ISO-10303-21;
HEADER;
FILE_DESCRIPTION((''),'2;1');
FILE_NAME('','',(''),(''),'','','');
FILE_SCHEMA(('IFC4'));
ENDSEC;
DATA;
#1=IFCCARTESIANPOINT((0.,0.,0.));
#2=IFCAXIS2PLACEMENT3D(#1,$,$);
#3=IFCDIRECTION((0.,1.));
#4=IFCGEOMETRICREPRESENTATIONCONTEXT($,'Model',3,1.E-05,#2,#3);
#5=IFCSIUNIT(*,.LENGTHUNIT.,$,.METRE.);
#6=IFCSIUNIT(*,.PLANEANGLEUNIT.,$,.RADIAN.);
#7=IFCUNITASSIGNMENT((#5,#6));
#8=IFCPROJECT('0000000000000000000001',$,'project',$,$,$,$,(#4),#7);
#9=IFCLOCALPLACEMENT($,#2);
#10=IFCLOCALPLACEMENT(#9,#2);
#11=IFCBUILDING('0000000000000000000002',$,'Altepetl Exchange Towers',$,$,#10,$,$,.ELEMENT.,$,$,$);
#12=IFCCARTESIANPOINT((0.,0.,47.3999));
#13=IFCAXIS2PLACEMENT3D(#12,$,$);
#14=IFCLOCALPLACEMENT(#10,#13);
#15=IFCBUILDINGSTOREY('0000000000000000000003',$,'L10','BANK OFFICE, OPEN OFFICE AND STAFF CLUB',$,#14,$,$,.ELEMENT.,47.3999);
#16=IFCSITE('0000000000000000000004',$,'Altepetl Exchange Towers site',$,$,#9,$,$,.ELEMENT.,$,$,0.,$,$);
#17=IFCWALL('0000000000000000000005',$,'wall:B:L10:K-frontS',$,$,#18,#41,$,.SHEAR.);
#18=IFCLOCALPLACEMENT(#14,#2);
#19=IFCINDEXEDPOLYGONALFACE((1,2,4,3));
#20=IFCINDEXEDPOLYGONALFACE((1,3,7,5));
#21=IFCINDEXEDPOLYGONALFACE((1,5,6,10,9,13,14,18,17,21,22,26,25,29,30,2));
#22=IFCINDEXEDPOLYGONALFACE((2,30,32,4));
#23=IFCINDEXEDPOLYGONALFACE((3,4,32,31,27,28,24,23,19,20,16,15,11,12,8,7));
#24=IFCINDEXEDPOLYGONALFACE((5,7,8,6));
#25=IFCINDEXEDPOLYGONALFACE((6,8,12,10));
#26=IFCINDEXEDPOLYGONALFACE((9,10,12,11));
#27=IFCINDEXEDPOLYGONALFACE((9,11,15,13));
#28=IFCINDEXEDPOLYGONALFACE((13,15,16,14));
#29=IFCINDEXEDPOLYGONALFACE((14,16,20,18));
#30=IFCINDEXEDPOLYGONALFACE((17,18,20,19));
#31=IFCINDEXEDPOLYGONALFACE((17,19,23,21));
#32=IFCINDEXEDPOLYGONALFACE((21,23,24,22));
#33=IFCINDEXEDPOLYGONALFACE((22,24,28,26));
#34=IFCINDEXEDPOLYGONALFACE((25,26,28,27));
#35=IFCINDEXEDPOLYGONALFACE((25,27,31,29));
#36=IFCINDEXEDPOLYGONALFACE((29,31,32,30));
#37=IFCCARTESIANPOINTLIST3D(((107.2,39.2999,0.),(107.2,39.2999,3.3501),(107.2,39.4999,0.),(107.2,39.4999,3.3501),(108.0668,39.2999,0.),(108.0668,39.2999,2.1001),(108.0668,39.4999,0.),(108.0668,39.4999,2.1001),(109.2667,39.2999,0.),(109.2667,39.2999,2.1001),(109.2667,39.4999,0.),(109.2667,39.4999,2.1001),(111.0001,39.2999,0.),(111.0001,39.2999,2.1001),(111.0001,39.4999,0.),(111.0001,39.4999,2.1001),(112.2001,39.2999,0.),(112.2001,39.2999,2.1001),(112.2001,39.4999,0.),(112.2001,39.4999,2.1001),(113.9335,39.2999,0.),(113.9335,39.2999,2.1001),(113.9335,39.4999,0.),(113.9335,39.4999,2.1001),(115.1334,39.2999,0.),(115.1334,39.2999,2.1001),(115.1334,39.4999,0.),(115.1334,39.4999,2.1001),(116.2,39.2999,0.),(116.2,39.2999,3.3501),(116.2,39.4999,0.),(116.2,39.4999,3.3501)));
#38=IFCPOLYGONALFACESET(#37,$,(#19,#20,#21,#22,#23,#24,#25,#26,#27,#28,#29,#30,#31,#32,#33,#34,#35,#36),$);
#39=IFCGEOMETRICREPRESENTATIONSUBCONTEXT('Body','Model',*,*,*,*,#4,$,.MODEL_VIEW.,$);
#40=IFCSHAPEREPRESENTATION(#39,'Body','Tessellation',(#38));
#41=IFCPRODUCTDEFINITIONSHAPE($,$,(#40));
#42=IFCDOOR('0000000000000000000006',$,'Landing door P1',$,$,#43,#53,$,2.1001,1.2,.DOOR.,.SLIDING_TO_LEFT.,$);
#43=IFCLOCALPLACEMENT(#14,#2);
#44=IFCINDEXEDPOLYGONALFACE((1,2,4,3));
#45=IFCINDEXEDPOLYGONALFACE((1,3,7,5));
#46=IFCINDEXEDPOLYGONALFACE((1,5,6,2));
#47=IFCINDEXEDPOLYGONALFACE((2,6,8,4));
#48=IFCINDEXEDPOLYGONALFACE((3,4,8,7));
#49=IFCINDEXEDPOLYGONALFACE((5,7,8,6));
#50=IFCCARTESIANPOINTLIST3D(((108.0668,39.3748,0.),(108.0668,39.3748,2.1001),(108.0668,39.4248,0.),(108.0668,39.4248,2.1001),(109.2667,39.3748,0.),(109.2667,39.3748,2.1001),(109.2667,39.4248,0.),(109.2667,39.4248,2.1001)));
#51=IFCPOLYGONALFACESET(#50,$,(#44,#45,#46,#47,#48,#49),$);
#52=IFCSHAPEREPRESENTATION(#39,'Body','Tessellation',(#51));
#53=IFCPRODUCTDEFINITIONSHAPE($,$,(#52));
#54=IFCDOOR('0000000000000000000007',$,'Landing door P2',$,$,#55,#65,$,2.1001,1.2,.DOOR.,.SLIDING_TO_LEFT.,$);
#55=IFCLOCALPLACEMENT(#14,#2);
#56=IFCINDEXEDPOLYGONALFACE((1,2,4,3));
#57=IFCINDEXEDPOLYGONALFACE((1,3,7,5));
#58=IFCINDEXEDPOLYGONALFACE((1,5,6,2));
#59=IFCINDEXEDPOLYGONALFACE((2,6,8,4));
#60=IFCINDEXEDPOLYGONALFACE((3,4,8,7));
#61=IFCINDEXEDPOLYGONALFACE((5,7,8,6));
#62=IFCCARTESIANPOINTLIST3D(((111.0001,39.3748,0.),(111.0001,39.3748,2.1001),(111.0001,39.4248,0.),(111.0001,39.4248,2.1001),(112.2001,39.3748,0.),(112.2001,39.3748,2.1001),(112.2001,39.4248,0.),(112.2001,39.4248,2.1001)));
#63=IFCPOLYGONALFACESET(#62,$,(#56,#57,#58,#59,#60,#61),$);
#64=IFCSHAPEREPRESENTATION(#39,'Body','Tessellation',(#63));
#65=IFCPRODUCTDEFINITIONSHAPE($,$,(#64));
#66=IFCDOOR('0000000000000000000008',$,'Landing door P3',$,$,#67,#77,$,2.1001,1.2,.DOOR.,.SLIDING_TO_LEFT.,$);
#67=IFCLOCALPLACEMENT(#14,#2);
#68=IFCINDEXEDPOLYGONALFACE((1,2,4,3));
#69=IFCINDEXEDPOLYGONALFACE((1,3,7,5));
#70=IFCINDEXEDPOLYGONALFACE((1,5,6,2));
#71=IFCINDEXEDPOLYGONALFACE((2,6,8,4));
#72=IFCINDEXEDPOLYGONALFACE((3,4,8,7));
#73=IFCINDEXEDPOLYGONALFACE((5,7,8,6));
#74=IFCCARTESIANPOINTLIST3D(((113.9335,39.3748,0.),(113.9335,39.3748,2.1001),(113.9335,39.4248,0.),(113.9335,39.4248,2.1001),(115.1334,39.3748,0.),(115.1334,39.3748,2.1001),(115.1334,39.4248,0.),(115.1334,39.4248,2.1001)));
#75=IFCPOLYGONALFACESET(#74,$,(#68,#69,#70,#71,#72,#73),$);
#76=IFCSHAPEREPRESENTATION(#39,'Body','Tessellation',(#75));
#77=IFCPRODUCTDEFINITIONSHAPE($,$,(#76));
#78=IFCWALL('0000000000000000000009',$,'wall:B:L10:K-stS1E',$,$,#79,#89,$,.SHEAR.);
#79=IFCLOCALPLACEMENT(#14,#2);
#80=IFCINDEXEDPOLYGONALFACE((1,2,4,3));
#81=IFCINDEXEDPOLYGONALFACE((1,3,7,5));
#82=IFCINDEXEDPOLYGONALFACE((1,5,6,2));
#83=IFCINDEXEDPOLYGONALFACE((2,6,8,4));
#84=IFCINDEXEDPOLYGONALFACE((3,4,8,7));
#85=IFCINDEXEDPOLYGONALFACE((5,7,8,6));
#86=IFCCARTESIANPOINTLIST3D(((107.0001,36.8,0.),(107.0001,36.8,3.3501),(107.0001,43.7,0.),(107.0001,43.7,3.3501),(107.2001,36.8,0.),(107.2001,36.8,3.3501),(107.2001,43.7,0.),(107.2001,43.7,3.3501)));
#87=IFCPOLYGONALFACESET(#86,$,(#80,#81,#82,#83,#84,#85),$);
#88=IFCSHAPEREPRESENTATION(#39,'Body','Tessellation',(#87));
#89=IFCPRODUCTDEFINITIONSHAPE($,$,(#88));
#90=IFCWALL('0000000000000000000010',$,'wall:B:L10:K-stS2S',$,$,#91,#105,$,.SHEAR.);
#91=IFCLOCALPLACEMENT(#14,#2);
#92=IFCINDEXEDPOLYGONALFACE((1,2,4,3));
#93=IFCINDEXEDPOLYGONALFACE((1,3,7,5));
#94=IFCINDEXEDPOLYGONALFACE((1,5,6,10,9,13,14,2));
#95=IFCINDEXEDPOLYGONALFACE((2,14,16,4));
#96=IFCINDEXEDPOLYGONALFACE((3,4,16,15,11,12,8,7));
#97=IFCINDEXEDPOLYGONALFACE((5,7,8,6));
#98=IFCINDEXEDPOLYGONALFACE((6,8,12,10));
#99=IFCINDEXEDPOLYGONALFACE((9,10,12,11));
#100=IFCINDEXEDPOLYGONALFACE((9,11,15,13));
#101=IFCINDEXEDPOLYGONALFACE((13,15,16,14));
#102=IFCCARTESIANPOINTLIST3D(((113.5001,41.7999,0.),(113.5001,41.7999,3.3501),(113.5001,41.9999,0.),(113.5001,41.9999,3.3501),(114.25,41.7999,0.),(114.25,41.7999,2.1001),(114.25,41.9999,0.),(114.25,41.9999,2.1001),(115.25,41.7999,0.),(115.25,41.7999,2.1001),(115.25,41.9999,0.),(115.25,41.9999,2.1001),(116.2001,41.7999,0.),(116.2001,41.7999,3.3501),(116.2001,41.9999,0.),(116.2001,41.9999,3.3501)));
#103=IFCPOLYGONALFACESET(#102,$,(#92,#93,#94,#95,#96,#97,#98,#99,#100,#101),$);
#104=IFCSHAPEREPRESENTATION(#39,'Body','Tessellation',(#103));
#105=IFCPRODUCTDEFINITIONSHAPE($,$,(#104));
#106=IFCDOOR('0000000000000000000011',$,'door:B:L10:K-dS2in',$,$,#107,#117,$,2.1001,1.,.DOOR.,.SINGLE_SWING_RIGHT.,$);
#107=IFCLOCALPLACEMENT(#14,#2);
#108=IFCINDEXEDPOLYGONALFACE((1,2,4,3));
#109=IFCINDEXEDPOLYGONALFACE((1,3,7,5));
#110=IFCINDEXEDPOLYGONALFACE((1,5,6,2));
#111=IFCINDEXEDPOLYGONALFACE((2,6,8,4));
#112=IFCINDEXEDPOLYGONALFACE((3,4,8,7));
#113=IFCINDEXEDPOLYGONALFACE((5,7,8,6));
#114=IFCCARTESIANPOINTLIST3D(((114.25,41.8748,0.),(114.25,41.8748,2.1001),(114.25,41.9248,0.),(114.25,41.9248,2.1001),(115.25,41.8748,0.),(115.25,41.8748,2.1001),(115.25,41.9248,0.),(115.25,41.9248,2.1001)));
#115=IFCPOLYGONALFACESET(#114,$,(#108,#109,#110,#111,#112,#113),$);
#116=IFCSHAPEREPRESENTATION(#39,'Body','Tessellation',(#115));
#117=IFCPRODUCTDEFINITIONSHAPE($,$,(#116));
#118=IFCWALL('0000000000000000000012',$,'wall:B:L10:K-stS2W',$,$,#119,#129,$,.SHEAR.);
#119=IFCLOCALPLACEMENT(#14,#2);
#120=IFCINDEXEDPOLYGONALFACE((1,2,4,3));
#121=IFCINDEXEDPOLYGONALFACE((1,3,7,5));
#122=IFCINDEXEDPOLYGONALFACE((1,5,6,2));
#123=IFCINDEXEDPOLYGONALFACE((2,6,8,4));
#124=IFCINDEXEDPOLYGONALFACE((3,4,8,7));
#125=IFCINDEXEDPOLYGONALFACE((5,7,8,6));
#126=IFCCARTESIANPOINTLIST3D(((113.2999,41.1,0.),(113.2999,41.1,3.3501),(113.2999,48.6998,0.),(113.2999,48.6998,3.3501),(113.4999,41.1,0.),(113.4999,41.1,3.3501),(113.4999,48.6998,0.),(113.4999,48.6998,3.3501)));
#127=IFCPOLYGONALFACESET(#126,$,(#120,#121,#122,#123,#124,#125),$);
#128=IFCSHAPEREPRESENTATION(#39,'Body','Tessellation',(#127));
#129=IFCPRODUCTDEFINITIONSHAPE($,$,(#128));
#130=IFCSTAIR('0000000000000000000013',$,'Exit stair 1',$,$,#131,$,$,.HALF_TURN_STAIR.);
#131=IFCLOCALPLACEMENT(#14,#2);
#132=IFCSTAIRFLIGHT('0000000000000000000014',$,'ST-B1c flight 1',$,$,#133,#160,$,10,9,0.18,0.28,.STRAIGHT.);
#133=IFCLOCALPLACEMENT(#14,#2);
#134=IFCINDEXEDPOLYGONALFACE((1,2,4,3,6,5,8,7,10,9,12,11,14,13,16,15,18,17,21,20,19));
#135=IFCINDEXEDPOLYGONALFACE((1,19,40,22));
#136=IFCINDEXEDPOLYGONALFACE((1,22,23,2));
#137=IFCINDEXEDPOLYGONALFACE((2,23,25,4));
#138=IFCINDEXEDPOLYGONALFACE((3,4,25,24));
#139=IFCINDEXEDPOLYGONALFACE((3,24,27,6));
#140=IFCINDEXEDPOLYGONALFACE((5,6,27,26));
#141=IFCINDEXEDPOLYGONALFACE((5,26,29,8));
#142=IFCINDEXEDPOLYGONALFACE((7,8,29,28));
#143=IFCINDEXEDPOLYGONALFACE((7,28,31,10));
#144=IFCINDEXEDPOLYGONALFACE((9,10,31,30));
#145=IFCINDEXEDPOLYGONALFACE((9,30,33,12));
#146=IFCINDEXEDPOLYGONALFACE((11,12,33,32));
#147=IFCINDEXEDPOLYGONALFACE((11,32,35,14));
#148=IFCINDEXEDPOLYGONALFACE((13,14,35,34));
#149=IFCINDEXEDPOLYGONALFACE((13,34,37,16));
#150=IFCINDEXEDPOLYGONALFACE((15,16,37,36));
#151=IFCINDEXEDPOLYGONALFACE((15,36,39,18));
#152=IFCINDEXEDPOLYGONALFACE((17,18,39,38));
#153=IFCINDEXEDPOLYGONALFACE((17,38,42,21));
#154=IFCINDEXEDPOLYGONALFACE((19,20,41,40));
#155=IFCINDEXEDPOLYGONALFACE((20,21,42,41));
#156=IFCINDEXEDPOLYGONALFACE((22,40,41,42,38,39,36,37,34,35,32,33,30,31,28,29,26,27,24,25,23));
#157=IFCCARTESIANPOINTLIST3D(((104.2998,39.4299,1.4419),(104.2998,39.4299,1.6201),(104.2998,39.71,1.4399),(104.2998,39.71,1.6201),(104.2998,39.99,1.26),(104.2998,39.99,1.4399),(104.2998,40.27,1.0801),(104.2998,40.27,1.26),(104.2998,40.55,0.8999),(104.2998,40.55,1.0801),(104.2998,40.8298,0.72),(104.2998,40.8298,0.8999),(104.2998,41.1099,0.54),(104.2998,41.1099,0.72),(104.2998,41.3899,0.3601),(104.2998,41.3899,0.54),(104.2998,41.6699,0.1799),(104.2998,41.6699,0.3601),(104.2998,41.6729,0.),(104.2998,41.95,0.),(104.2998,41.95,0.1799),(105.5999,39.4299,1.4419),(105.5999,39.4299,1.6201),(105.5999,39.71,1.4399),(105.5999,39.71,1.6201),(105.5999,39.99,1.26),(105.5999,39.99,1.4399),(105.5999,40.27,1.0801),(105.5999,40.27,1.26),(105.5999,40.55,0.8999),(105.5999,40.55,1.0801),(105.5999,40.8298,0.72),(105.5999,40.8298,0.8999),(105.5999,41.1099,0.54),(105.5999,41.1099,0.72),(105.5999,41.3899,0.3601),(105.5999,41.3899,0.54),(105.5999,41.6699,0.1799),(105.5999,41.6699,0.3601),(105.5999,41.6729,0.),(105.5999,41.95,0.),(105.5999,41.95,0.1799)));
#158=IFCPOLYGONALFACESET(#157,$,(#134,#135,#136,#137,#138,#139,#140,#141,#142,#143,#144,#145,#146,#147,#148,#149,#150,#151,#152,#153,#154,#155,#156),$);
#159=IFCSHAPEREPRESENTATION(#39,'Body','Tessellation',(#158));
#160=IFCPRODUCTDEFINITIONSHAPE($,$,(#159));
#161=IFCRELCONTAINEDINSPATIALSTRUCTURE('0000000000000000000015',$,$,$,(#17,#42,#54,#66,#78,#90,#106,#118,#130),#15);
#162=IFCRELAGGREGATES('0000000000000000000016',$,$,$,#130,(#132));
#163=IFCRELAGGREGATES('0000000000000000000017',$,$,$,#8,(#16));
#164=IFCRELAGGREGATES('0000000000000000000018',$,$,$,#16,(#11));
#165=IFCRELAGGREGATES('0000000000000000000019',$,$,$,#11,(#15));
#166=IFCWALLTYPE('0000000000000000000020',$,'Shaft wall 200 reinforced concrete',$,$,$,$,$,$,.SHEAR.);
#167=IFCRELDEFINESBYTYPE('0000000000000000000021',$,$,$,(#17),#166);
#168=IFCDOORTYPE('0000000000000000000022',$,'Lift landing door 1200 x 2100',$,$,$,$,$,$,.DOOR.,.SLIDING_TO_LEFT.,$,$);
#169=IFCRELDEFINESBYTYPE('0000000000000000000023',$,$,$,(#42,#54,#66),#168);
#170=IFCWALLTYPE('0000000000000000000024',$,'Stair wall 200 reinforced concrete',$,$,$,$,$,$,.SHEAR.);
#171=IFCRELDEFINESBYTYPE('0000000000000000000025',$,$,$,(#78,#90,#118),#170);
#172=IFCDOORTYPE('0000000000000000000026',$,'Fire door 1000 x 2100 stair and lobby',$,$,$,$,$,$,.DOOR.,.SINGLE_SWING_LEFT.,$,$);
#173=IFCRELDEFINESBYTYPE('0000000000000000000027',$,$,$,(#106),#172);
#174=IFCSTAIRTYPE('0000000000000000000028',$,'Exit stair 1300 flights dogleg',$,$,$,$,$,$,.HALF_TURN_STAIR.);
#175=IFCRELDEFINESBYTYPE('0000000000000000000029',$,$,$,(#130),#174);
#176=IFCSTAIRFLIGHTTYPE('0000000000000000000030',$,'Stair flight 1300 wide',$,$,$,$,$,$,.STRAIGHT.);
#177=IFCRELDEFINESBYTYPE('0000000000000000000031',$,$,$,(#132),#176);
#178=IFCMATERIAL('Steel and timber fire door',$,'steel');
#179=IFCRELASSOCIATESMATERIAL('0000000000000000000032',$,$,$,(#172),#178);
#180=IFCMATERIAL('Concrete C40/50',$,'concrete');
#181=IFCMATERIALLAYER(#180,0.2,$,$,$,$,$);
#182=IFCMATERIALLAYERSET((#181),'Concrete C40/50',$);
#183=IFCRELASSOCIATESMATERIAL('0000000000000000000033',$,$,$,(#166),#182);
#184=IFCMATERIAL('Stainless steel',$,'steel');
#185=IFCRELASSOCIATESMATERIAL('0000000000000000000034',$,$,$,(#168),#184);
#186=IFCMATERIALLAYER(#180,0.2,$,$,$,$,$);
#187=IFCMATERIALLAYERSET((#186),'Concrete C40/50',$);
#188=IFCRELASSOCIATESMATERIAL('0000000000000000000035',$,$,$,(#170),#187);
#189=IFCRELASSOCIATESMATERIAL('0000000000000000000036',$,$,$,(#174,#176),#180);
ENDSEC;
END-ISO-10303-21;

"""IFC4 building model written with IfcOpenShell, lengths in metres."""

from ifc_helpers import new_model, si_unit, direction, frame, frame_2d, origin, place, context, subcontext, project, spatial, polyline, rectangle, outline, extrude, material, layer, layer_set, type_object, element, fill, aggregate, save


model = new_model("IFC4")

# Units and contexts
model_context = context("Model", 3, precision=1e-05, world=origin(), true_north=direction((0.0, 1.0)))
body_context = subcontext(model_context, "Body", "Model", "MODEL_VIEW")
ifc_project = project(units=[si_unit("LENGTHUNIT", "METRE"), si_unit("PLANEANGLEUNIT", "RADIAN")], contexts=[model_context])

# Site, building, storey
site_placement = place(None, origin())
site = spatial("IfcSite", under=ifc_project, at=site_placement, Name="Altepetl Exchange Towers site", CompositionType="ELEMENT", RefElevation=0.0)
building_placement = place(site_placement, origin())
building = spatial("IfcBuilding", under=site, at=building_placement, Name="Altepetl Exchange Towers", CompositionType="ELEMENT")
storey_placement = place(building_placement, frame((0.0, 0.0, 47.3999)))
storey = spatial("IfcBuildingStorey", under=building, at=storey_placement, Name="L10", Description="BANK OFFICE, OPEN OFFICE AND STAFF CLUB", CompositionType="ELEMENT", Elevation=47.3999)

# Shared definitions
ifc_material_1 = material(Name="Steel and timber fire door", Category="steel")
door_type_1 = type_object("IfcDoorType", Name="Fire door 1000 x 2100 stair and lobby", OperationType="SINGLE_SWING_LEFT", PredefinedType="DOOR", material=ifc_material_1)

# Shared definitions
ifc_material_2 = material(Name="Concrete C40/50", Category="concrete")
ifc_layer_1 = layer(ifc_material_2, 0.2)
ifc_layer_set_1 = layer_set([ifc_layer_1], Name="Concrete C40/50")
wall_type_1 = type_object("IfcWallType", Name="Shaft wall 200 reinforced concrete", PredefinedType="SHEAR", material=ifc_layer_set_1)

# Wall, openings, doors
wall_1_placement = place(storey_placement, frame((107.2, 39.3999, 0.0)))
wall_1 = element("IfcWall", 1, at=wall_1_placement, inside=storey, type_object=wall_type_1, Name="wall:B:L10:K-frontS", PredefinedType="SHEAR", context=body_context, shape_type="SweptSolid", body=[
    extrude(rectangle(XDim=9.0, YDim=0.2, at=frame_2d((4.5, 0.0))), origin(), (0.0, 0.0, 1.0), 3.3501),
])
opening_1_placement = place(wall_1_placement, frame((0.8667, 0.0, 0.0)))
opening_1 = element("IfcOpeningElement", 2, at=opening_1_placement, cuts=wall_1, PredefinedType="OPENING", context=body_context, shape_type="SweptSolid", body=[
    extrude(rectangle(XDim=1.2, YDim=2.1001, at=frame_2d((0.6001, 1.05))), frame((0.0, 0.1099, 0.0), z_axis=(0.0, -1.0, 0.0), x_axis=(1.0, 0.0, 0.0)), (0.0, 0.0, 1.0), 0.22),
])
opening_2_placement = place(wall_1_placement, frame((3.8, 0.0, 0.0)))
opening_2 = element("IfcOpeningElement", 3, at=opening_2_placement, cuts=wall_1, PredefinedType="OPENING", context=body_context, shape_type="SweptSolid", body=[
    extrude(rectangle(XDim=1.2, YDim=2.1001, at=frame_2d((0.6001, 1.05))), frame((0.0, 0.1099, 0.0), z_axis=(0.0, -1.0, 0.0), x_axis=(1.0, 0.0, 0.0)), (0.0, 0.0, 1.0), 0.22),
])
opening_3_placement = place(wall_1_placement, frame((6.7334, 0.0, 0.0)))
opening_3 = element("IfcOpeningElement", 4, at=opening_3_placement, cuts=wall_1, PredefinedType="OPENING", context=body_context, shape_type="SweptSolid", body=[
    extrude(rectangle(XDim=1.2, YDim=2.1001, at=frame_2d((0.6001, 1.05))), frame((0.0, 0.1099, 0.0), z_axis=(0.0, -1.0, 0.0), x_axis=(1.0, 0.0, 0.0)), (0.0, 0.0, 1.0), 0.22),
])
ifc_material_3 = material(Name="Stainless steel", Category="steel")
door_type_2 = type_object("IfcDoorType", Name="Lift landing door 1200 x 2100", OperationType="SLIDING_TO_LEFT", PredefinedType="DOOR", material=ifc_material_3)
door_1_placement = place(opening_1_placement, origin())
door_1 = element("IfcDoor", 5, at=door_1_placement, inside=storey, type_object=door_type_2, Name="Landing door P1", OperationType="SLIDING_TO_LEFT", OverallHeight=2.1001, OverallWidth=1.2, PredefinedType="DOOR", context=body_context, shape_type="SweptSolid", body=[
    extrude(rectangle(XDim=1.2, YDim=2.1001, at=frame_2d((0.6001, 1.05))), frame((0.0, 0.0249, 0.0), z_axis=(0.0, -1.0, 0.0), x_axis=(1.0, 0.0, 0.0)), (0.0, 0.0, 1.0), 0.05),
])
fill(opening_1, door_1)
door_2_placement = place(opening_2_placement, origin())
door_2 = element("IfcDoor", 6, at=door_2_placement, inside=storey, type_object=door_type_2, Name="Landing door P2", OperationType="SLIDING_TO_LEFT", OverallHeight=2.1001, OverallWidth=1.2, PredefinedType="DOOR", context=body_context, shape_type="SweptSolid", body=[
    extrude(rectangle(XDim=1.2, YDim=2.1001, at=frame_2d((0.6001, 1.05))), frame((0.0, 0.0249, 0.0), z_axis=(0.0, -1.0, 0.0), x_axis=(1.0, 0.0, 0.0)), (0.0, 0.0, 1.0), 0.05),
])
fill(opening_2, door_2)
door_3_placement = place(opening_3_placement, origin())
door_3 = element("IfcDoor", 7, at=door_3_placement, inside=storey, type_object=door_type_2, Name="Landing door P3", OperationType="SLIDING_TO_LEFT", OverallHeight=2.1001, OverallWidth=1.2, PredefinedType="DOOR", context=body_context, shape_type="SweptSolid", body=[
    extrude(rectangle(XDim=1.2, YDim=2.1001, at=frame_2d((0.6001, 1.05))), frame((0.0, 0.0249, 0.0), z_axis=(0.0, -1.0, 0.0), x_axis=(1.0, 0.0, 0.0)), (0.0, 0.0, 1.0), 0.05),
])
fill(opening_3, door_3)

# Wall
ifc_layer_2 = layer(ifc_material_2, 0.2)
ifc_layer_set_2 = layer_set([ifc_layer_2], Name="Concrete C40/50")
wall_type_2 = type_object("IfcWallType", Name="Stair wall 200 reinforced concrete", PredefinedType="SHEAR", material=ifc_layer_set_2)
wall_2_placement = place(storey_placement, frame((107.1001, 36.8, 0.0), z_axis=(0.0, 0.0, 1.0), x_axis=(0.0, 1.0, 0.0)))
element("IfcWall", 8, at=wall_2_placement, inside=storey, type_object=wall_type_2, Name="wall:B:L10:K-stS1E", PredefinedType="SHEAR", context=body_context, shape_type="SweptSolid", body=[
    extrude(rectangle(XDim=6.8999, YDim=0.2, at=frame_2d((3.45, 0.0))), origin(), (0.0, 0.0, 1.0), 3.3501),
])

# Wall, opening, door
wall_3_placement = place(storey_placement, frame((113.5, 41.8999, 0.0)))
wall_3 = element("IfcWall", 9, at=wall_3_placement, inside=storey, type_object=wall_type_2, Name="wall:B:L10:K-stS2S", PredefinedType="SHEAR", context=body_context, shape_type="SweptSolid", body=[
    extrude(rectangle(XDim=2.7, YDim=0.2, at=frame_2d((1.3501, 0.0))), origin(), (0.0, 0.0, 1.0), 3.3501),
])
opening_4_placement = place(wall_3_placement, frame((0.75, 0.0, 0.0)))
opening_4 = element("IfcOpeningElement", 10, at=opening_4_placement, cuts=wall_3, PredefinedType="OPENING", context=body_context, shape_type="SweptSolid", body=[
    extrude(rectangle(XDim=1.0, YDim=2.1001, at=frame_2d((0.5, 1.05))), frame((0.0, 0.1099, 0.0), z_axis=(0.0, -1.0, 0.0), x_axis=(1.0, 0.0, 0.0)), (0.0, 0.0, 1.0), 0.22),
])
door_4_placement = place(opening_4_placement, origin())
door_4 = element("IfcDoor", 11, at=door_4_placement, inside=storey, type_object=door_type_1, Name="door:B:L10:K-dS2in", OperationType="SINGLE_SWING_RIGHT", OverallHeight=2.1001, OverallWidth=1.0, PredefinedType="DOOR", context=body_context, shape_type="SweptSolid", body=[
    extrude(rectangle(XDim=1.0, YDim=2.1001, at=frame_2d((0.5, 1.05))), frame((0.0, 0.0249, 0.0), z_axis=(0.0, -1.0, 0.0), x_axis=(1.0, 0.0, 0.0)), (0.0, 0.0, 1.0), 0.05),
])
fill(opening_4, door_4)

# Wall
wall_4_placement = place(storey_placement, frame((113.3999, 41.1001, 0.0), z_axis=(0.0, 0.0, 1.0), x_axis=(0.0, 1.0, 0.0)))
element("IfcWall", 12, at=wall_4_placement, inside=storey, type_object=wall_type_2, Name="wall:B:L10:K-stS2W", PredefinedType="SHEAR", context=body_context, shape_type="SweptSolid", body=[
    extrude(rectangle(XDim=7.5999, YDim=0.2, at=frame_2d((3.7998, 0.0))), origin(), (0.0, 0.0, 1.0), 3.3501),
])

# Stair, stair flight
stair_type = type_object("IfcStairType", Name="Exit stair 1300 flights dogleg", PredefinedType="HALF_TURN_STAIR", material=ifc_material_2)
stair_placement = place(storey_placement, origin())
stair = element("IfcStair", 13, at=stair_placement, inside=storey, type_object=stair_type, Name="Exit stair 1", PredefinedType="HALF_TURN_STAIR")
stair_flight_type = type_object("IfcStairFlightType", Name="Stair flight 1300 wide", PredefinedType="STRAIGHT", material=ifc_material_2)
stair_flight_1_placement = place(storey_placement, frame((104.95, 41.95, 0.0), z_axis=(0.0, 0.0, 1.0), x_axis=(0.0, -1.0, 0.0)))
stair_flight_1 = element("IfcStairFlight", 14, at=stair_flight_1_placement, type_object=stair_flight_type, Name="ST-B1c flight 1", NumberOfRisers=10, NumberOfTreads=9, PredefinedType="STRAIGHT", RiserHeight=0.18, TreadLength=0.28, context=body_context, shape_type="SweptSolid", body=[
    extrude(outline(polyline([(0.0, 0.0), (0.0, 0.1799), (0.28, 0.1799), (0.28, 0.3601), (0.5601, 0.3601), (0.5601, 0.54), (0.8401, 0.54), (0.8401, 0.72), (1.1201, 0.72), (1.1201, 0.8999), (1.3999, 0.8999), (1.3999, 1.0801), (1.6799, 1.0801), (1.6799, 1.26), (1.96, 1.26), (1.96, 1.4399), (2.24, 1.4399), (2.24, 1.6201), (2.52, 1.6201), (2.52, 1.8), (2.52, 1.4419), (0.2771, 0.0), (0.0, 0.0)])), frame((0.0, 0.6499, 0.0), z_axis=(0.0, -1.0, 0.0), x_axis=(1.0, 0.0, 0.0)), (0.0, 0.0, 1.0), 1.3),
])
aggregate(stair, [stair_flight_1])

save(model, "model.ifc")
